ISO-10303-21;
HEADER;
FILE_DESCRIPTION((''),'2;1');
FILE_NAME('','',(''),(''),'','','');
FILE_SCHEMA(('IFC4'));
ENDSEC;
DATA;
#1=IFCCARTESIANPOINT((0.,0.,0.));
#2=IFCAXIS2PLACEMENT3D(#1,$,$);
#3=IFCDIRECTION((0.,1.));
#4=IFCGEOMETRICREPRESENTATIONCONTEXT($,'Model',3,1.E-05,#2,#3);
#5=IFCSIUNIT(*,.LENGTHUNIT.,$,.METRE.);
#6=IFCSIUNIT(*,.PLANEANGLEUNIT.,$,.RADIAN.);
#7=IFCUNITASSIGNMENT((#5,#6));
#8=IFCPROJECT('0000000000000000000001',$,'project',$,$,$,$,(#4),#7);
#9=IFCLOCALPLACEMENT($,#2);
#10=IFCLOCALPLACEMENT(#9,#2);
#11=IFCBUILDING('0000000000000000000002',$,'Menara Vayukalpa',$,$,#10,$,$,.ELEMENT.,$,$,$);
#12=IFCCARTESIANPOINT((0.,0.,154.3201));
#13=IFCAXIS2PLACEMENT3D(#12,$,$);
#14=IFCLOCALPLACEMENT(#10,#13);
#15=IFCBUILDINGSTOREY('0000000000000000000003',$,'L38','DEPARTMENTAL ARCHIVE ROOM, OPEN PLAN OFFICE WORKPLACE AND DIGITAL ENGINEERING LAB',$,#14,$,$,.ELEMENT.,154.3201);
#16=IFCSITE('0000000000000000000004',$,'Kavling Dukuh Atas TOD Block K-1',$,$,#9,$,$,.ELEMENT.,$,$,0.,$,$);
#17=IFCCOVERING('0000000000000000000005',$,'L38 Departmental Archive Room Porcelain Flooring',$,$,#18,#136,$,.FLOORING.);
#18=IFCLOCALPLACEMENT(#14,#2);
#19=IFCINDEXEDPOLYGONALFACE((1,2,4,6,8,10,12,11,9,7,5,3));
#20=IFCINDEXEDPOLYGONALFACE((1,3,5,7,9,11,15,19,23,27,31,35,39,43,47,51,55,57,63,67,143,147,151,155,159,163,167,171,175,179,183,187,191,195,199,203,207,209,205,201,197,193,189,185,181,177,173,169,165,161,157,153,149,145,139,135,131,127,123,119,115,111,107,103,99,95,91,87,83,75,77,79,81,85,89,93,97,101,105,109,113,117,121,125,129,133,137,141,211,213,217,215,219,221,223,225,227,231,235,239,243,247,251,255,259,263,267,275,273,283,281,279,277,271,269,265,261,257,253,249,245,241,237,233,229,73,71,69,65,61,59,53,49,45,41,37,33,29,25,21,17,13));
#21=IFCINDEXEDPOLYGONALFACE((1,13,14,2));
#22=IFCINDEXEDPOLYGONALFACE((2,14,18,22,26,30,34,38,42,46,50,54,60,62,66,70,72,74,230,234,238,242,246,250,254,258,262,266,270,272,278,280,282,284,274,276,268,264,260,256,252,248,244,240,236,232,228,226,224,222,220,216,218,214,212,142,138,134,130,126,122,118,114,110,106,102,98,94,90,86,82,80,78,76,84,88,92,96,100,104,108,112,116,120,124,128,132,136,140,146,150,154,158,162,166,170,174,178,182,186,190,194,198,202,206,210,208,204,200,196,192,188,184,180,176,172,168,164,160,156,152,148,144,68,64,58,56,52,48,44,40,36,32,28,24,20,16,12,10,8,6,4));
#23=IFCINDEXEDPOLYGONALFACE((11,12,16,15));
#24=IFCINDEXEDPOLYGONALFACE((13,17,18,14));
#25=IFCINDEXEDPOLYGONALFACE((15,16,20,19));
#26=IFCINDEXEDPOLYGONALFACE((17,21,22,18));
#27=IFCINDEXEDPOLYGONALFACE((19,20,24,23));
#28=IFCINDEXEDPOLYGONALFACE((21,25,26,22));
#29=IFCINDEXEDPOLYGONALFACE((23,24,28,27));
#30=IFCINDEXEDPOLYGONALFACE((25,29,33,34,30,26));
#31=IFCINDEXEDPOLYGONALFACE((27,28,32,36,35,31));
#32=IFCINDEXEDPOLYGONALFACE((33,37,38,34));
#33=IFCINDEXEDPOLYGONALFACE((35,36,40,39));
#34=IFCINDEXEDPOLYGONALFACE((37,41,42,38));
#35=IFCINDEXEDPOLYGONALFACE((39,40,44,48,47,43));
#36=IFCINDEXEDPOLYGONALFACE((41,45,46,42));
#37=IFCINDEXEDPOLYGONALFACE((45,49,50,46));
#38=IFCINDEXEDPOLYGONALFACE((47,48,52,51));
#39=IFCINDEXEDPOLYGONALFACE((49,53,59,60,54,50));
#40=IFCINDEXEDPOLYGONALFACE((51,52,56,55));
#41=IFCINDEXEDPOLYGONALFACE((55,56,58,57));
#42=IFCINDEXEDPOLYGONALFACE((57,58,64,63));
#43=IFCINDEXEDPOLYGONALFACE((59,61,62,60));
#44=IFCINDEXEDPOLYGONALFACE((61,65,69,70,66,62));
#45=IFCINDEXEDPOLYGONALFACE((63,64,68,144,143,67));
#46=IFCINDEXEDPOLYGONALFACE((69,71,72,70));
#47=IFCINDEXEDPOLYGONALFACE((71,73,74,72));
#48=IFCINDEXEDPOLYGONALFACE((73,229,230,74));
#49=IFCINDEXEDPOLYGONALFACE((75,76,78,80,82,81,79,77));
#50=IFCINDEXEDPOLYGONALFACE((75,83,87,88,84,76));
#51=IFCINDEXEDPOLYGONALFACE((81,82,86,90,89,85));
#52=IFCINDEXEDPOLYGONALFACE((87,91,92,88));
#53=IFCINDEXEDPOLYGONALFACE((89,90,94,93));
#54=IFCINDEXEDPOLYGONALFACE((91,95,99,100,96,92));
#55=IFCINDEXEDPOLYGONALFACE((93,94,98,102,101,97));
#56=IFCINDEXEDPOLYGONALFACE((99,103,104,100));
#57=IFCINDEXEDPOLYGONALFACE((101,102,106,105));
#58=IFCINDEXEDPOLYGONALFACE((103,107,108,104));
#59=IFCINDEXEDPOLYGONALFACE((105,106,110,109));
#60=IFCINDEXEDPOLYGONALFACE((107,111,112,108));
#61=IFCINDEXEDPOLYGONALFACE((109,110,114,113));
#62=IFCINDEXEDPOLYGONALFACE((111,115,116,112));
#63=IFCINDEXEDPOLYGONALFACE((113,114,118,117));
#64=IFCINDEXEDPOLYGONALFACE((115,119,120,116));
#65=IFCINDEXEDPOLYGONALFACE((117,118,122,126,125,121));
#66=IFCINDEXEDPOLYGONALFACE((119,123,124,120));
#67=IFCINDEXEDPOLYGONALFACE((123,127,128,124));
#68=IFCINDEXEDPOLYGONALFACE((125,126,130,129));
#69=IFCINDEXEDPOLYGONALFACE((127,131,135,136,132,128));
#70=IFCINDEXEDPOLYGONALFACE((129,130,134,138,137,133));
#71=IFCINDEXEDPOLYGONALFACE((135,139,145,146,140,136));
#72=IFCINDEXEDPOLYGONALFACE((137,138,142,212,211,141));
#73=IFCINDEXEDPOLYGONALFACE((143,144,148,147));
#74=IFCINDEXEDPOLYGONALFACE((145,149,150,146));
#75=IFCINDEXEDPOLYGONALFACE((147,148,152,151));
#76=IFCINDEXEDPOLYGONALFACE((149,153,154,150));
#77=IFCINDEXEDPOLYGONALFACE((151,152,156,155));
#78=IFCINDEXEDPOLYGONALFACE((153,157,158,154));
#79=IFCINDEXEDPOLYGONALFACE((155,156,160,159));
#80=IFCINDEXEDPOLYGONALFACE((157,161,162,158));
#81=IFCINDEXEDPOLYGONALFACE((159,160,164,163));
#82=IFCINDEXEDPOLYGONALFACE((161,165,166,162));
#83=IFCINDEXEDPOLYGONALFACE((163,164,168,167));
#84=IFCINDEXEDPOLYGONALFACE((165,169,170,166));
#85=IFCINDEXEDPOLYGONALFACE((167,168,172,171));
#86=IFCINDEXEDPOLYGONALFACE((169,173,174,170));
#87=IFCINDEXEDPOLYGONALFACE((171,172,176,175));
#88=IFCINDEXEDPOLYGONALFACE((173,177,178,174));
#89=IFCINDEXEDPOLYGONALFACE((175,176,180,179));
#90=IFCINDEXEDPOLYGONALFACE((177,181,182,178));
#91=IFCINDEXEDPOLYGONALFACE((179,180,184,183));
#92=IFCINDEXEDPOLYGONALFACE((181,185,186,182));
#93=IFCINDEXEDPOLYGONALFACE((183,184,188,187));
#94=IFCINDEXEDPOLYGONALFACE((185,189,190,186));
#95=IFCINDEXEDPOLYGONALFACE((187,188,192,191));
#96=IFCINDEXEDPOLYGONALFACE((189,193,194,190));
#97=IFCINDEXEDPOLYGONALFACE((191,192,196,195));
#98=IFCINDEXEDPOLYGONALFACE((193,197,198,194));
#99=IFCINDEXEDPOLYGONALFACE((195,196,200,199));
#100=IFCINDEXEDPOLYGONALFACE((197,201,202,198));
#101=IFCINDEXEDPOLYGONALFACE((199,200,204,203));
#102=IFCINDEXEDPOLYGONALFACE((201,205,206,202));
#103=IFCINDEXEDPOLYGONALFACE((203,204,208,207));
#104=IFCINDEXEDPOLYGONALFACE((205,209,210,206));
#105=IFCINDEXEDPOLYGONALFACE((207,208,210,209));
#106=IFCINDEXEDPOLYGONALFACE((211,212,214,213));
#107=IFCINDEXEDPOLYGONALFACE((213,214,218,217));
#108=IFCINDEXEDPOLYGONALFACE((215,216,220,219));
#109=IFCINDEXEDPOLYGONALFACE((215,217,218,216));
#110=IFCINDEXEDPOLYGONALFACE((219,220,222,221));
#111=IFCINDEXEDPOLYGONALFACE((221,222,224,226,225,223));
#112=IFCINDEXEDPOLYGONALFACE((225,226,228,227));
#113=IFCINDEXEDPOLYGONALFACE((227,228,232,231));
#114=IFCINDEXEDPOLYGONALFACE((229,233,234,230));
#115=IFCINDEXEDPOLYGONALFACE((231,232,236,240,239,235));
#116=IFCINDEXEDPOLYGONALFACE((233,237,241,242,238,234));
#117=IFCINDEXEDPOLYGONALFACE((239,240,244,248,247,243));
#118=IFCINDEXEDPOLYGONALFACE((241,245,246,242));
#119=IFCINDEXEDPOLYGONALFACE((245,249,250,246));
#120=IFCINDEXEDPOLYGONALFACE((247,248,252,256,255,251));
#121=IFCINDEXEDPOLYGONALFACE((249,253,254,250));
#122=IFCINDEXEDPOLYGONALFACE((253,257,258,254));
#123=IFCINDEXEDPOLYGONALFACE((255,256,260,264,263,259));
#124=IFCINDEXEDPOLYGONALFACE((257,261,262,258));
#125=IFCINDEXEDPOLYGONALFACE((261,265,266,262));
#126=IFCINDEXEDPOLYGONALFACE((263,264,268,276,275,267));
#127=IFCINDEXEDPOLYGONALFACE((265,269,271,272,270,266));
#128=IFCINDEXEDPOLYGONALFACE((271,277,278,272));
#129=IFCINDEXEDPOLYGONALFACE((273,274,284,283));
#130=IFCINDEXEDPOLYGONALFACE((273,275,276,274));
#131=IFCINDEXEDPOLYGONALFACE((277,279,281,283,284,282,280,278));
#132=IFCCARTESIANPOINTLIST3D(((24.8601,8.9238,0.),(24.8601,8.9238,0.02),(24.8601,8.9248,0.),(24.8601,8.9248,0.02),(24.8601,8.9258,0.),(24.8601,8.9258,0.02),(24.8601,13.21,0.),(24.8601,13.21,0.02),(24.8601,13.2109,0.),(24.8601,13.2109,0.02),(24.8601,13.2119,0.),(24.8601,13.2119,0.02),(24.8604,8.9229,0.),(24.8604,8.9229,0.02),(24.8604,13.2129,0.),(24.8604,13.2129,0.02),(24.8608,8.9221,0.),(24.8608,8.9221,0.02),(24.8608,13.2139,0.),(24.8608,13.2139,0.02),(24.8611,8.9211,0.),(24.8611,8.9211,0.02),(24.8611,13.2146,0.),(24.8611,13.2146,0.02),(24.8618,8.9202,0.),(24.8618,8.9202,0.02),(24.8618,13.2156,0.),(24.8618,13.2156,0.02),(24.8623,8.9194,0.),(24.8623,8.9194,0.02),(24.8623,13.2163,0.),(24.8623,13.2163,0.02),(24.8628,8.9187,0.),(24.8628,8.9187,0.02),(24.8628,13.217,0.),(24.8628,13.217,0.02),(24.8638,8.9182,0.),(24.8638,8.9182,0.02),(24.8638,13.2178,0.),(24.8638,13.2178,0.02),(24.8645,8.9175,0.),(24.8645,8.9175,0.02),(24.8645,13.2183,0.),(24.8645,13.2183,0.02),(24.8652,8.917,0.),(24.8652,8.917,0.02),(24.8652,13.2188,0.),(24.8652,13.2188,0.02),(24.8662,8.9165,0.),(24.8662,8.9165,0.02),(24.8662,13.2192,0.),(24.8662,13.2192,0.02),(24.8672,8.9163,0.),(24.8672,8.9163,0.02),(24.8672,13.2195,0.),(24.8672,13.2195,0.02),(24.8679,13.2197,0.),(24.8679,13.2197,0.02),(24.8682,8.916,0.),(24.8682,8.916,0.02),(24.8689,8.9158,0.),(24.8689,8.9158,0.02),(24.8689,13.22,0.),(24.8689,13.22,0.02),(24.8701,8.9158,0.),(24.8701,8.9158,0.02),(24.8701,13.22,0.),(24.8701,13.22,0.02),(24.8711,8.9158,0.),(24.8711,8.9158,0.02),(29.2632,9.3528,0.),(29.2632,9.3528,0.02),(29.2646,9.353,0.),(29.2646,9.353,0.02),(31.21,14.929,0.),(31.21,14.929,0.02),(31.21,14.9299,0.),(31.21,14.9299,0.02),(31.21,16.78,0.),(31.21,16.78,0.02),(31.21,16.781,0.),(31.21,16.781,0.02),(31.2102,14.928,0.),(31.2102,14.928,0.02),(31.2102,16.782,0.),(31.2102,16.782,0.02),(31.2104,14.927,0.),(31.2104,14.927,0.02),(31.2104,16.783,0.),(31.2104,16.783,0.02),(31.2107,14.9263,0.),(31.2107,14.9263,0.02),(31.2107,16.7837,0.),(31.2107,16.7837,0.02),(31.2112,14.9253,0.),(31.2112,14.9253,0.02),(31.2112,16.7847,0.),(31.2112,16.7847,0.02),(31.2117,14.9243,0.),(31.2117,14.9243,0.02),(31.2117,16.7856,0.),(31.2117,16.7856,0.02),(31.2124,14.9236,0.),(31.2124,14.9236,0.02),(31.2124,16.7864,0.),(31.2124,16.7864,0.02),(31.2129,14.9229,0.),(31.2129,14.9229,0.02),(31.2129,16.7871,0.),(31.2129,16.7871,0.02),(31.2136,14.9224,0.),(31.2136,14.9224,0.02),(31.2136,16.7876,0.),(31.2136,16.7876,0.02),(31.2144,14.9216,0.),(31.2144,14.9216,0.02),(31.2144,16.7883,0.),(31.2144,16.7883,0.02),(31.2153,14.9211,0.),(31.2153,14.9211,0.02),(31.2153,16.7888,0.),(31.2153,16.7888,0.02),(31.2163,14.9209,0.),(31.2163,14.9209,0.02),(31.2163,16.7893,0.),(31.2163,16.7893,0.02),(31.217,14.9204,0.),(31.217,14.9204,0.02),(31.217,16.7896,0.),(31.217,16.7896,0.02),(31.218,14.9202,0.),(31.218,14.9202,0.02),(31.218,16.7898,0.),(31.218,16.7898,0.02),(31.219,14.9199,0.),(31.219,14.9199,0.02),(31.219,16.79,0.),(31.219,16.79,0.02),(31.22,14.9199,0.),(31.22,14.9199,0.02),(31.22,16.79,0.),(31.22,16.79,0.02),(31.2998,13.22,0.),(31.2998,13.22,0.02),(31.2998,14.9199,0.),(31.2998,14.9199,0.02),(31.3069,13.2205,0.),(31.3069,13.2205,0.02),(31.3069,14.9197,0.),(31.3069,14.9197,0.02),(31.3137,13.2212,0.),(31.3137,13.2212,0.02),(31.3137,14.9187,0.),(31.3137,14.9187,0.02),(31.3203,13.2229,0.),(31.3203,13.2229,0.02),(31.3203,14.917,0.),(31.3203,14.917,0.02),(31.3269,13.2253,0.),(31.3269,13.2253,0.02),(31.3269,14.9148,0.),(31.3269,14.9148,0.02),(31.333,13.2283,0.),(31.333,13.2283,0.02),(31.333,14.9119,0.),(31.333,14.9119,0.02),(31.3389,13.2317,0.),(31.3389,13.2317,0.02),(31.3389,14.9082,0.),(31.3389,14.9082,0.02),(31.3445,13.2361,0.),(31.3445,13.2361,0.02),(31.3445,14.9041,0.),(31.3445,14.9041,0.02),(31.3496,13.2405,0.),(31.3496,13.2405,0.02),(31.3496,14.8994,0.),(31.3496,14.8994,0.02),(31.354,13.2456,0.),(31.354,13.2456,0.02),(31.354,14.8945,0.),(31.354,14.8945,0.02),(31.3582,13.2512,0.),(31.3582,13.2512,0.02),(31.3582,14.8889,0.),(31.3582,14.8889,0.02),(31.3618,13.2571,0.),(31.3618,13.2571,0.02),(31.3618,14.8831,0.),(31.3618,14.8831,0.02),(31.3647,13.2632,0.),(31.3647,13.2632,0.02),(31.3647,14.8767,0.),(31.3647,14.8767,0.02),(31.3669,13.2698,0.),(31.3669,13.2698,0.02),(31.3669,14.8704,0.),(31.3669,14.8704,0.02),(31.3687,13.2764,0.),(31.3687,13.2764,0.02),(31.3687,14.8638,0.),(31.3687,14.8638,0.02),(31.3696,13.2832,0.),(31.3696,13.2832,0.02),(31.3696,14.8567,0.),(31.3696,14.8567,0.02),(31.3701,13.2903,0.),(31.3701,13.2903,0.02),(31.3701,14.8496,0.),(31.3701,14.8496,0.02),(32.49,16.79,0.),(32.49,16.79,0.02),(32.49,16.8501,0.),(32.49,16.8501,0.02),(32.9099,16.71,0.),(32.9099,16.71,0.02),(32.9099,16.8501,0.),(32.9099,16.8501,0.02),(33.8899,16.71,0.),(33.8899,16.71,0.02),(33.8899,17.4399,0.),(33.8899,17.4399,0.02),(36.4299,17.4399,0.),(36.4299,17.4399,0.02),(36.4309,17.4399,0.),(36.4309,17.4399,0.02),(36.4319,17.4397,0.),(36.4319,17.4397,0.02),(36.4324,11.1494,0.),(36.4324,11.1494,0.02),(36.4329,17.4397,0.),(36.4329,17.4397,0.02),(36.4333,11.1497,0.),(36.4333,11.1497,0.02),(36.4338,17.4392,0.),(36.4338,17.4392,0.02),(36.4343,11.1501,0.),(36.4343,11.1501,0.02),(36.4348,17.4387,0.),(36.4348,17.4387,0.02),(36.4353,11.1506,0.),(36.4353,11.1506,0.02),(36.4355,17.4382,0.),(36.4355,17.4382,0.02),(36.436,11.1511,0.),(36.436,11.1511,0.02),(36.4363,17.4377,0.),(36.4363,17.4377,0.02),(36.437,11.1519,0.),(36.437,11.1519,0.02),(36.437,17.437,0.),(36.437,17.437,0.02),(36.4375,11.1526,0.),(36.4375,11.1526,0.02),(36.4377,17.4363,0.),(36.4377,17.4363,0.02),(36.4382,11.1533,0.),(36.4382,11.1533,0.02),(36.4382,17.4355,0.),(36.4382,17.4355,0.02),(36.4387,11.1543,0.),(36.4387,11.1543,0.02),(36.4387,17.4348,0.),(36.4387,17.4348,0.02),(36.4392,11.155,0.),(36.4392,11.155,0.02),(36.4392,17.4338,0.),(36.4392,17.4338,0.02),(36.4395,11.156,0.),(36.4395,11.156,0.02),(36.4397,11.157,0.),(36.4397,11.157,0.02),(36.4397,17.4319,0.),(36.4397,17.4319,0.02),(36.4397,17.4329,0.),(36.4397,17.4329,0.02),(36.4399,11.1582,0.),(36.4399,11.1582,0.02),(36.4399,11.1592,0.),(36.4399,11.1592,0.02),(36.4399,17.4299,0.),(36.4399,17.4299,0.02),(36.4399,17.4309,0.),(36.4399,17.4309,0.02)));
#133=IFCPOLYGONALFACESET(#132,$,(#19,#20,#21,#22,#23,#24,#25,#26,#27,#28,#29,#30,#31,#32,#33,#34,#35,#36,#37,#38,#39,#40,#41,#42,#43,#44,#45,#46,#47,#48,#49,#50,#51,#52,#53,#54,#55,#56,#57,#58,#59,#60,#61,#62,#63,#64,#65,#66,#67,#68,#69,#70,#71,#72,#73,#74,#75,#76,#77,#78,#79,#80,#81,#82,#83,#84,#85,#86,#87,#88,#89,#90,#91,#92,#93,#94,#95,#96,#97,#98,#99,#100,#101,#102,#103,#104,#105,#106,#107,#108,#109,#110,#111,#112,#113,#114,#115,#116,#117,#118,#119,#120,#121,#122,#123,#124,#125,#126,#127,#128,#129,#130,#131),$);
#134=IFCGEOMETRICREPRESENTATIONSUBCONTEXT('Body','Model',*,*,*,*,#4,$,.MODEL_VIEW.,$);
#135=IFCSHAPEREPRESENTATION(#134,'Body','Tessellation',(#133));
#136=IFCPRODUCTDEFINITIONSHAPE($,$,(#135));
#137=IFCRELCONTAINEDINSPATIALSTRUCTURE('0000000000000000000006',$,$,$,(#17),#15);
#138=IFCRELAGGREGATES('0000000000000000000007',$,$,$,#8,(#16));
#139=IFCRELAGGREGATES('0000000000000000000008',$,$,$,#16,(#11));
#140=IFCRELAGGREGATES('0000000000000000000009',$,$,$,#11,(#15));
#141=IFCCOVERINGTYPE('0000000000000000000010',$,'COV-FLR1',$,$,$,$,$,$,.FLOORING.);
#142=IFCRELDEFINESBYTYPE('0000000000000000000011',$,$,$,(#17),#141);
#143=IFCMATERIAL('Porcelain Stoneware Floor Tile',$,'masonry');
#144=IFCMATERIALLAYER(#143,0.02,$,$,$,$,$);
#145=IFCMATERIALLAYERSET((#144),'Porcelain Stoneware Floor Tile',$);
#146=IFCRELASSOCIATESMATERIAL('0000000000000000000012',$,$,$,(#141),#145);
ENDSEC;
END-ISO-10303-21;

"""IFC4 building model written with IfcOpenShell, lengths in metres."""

from ifc_helpers import new_model, si_unit, direction, frame, origin, place, context, subcontext, project, spatial, polyline, outline, extrude, material, layer, layer_set, type_object, element, save


model = new_model("IFC4")

# Units and contexts
model_context = context("Model", 3, precision=1e-05, world=origin(), true_north=direction((0.0, 1.0)))
body_context = subcontext(model_context, "Body", "Model", "MODEL_VIEW")
ifc_project = project(units=[si_unit("LENGTHUNIT", "METRE"), si_unit("PLANEANGLEUNIT", "RADIAN")], contexts=[model_context])

# Site, building, storey
site_placement = place(None, origin())
site = spatial("IfcSite", under=ifc_project, at=site_placement, Name="Kavling Dukuh Atas TOD Block K-1", CompositionType="ELEMENT", RefElevation=0.0)
building_placement = place(site_placement, origin())
building = spatial("IfcBuilding", under=site, at=building_placement, Name="Menara Vayukalpa", CompositionType="ELEMENT")
storey_placement = place(building_placement, frame((0.0, 0.0, 154.3201)))
storey = spatial("IfcBuildingStorey", under=building, at=storey_placement, Name="L38", Description="DEPARTMENTAL ARCHIVE ROOM, OPEN PLAN OFFICE WORKPLACE AND DIGITAL ENGINEERING LAB", CompositionType="ELEMENT", Elevation=154.3201)

# Covering
ifc_material_1 = material(Name="Porcelain Stoneware Floor Tile", Category="masonry")
ifc_layer_1 = layer(ifc_material_1, 0.02)
ifc_layer_set_1 = layer_set([ifc_layer_1], Name="Porcelain Stoneware Floor Tile")
covering_type_1 = type_object("IfcCoveringType", Name="COV-FLR1", PredefinedType="FLOORING", material=ifc_layer_set_1)
covering_1_placement = place(storey_placement, origin())
element("IfcCovering", 1, at=covering_1_placement, inside=storey, type_object=covering_type_1, Name="L38 Departmental Archive Room Porcelain Flooring", PredefinedType="FLOORING", context=body_context, shape_type="SweptSolid", body=[
    extrude(outline(polyline([(24.8711, 8.9158), (24.8701, 8.9158), (24.8689, 8.9158), (24.8682, 8.916), (24.8672, 8.9163), (24.8662, 8.9165), (24.8652, 8.917), (24.8645, 8.9175), (24.8638, 8.9182), (24.8628, 8.9187), (24.8623, 8.9194), (24.8618, 8.9202), (24.8611, 8.9211), (24.8608, 8.9221), (24.8604, 8.9229), (24.8601, 8.9238), (24.8601, 8.9248), (24.8601, 8.9258), (24.8601, 13.21), (24.8601, 13.2109), (24.8601, 13.2119), (24.8604, 13.2129), (24.8608, 13.2139), (24.8611, 13.2146), (24.8618, 13.2156), (24.8623, 13.2163), (24.8628, 13.217), (24.8638, 13.2178), (24.8645, 13.2183), (24.8652, 13.2188), (24.8662, 13.2192), (24.8672, 13.2195), (24.8679, 13.2197), (24.8689, 13.22), (24.8701, 13.22), (31.2998, 13.22), (31.3069, 13.2205), (31.3137, 13.2212), (31.3203, 13.2229), (31.3269, 13.2253), (31.333, 13.2283), (31.3389, 13.2317), (31.3445, 13.2361), (31.3496, 13.2405), (31.354, 13.2456), (31.3582, 13.2512), (31.3618, 13.2571), (31.3647, 13.2632), (31.3669, 13.2698), (31.3687, 13.2764), (31.3696, 13.2832), (31.3701, 13.2903), (31.3701, 14.8496), (31.3696, 14.8567), (31.3687, 14.8638), (31.3669, 14.8704), (31.3647, 14.8767), (31.3618, 14.8831), (31.3582, 14.8889), (31.354, 14.8945), (31.3496, 14.8994), (31.3445, 14.9041), (31.3389, 14.9082), (31.333, 14.9119), (31.3269, 14.9148), (31.3203, 14.917), (31.3137, 14.9187), (31.3069, 14.9197), (31.2998, 14.9199), (31.22, 14.9199), (31.219, 14.9199), (31.218, 14.9202), (31.217, 14.9204), (31.2163, 14.9209), (31.2153, 14.9211), (31.2144, 14.9216), (31.2136, 14.9224), (31.2129, 14.9229), (31.2124, 14.9236), (31.2117, 14.9243), (31.2112, 14.9253), (31.2107, 14.9263), (31.2104, 14.927), (31.2102, 14.928), (31.21, 14.929), (31.21, 14.9299), (31.21, 16.78), (31.21, 16.781), (31.2102, 16.782), (31.2104, 16.783), (31.2107, 16.7837), (31.2112, 16.7847), (31.2117, 16.7856), (31.2124, 16.7864), (31.2129, 16.7871), (31.2136, 16.7876), (31.2144, 16.7883), (31.2153, 16.7888), (31.2163, 16.7893), (31.217, 16.7896), (31.218, 16.7898), (31.219, 16.79), (31.22, 16.79), (32.49, 16.79), (32.49, 16.8501), (32.9099, 16.8501), (32.9099, 16.71), (33.8899, 16.71), (33.8899, 17.4399), (36.4299, 17.4399), (36.4309, 17.4399), (36.4319, 17.4397), (36.4329, 17.4397), (36.4338, 17.4392), (36.4348, 17.4387), (36.4355, 17.4382), (36.4363, 17.4377), (36.437, 17.437), (36.4377, 17.4363), (36.4382, 17.4355), (36.4387, 17.4348), (36.4392, 17.4338), (36.4397, 17.4329), (36.4397, 17.4319), (36.4399, 17.4309), (36.4399, 17.4299), (36.4399, 11.1592), (36.4399, 11.1582), (36.4397, 11.157), (36.4395, 11.156), (36.4392, 11.155), (36.4387, 11.1543), (36.4382, 11.1533), (36.4375, 11.1526), (36.437, 11.1519), (36.436, 11.1511), (36.4353, 11.1506), (36.4343, 11.1501), (36.4333, 11.1497), (36.4324, 11.1494), (29.2646, 9.353), (29.2632, 9.3528), (24.8711, 8.9158)])), origin(), (0.0, 0.0, 1.0), 0.02),
])

save(model, "model.ifc")
